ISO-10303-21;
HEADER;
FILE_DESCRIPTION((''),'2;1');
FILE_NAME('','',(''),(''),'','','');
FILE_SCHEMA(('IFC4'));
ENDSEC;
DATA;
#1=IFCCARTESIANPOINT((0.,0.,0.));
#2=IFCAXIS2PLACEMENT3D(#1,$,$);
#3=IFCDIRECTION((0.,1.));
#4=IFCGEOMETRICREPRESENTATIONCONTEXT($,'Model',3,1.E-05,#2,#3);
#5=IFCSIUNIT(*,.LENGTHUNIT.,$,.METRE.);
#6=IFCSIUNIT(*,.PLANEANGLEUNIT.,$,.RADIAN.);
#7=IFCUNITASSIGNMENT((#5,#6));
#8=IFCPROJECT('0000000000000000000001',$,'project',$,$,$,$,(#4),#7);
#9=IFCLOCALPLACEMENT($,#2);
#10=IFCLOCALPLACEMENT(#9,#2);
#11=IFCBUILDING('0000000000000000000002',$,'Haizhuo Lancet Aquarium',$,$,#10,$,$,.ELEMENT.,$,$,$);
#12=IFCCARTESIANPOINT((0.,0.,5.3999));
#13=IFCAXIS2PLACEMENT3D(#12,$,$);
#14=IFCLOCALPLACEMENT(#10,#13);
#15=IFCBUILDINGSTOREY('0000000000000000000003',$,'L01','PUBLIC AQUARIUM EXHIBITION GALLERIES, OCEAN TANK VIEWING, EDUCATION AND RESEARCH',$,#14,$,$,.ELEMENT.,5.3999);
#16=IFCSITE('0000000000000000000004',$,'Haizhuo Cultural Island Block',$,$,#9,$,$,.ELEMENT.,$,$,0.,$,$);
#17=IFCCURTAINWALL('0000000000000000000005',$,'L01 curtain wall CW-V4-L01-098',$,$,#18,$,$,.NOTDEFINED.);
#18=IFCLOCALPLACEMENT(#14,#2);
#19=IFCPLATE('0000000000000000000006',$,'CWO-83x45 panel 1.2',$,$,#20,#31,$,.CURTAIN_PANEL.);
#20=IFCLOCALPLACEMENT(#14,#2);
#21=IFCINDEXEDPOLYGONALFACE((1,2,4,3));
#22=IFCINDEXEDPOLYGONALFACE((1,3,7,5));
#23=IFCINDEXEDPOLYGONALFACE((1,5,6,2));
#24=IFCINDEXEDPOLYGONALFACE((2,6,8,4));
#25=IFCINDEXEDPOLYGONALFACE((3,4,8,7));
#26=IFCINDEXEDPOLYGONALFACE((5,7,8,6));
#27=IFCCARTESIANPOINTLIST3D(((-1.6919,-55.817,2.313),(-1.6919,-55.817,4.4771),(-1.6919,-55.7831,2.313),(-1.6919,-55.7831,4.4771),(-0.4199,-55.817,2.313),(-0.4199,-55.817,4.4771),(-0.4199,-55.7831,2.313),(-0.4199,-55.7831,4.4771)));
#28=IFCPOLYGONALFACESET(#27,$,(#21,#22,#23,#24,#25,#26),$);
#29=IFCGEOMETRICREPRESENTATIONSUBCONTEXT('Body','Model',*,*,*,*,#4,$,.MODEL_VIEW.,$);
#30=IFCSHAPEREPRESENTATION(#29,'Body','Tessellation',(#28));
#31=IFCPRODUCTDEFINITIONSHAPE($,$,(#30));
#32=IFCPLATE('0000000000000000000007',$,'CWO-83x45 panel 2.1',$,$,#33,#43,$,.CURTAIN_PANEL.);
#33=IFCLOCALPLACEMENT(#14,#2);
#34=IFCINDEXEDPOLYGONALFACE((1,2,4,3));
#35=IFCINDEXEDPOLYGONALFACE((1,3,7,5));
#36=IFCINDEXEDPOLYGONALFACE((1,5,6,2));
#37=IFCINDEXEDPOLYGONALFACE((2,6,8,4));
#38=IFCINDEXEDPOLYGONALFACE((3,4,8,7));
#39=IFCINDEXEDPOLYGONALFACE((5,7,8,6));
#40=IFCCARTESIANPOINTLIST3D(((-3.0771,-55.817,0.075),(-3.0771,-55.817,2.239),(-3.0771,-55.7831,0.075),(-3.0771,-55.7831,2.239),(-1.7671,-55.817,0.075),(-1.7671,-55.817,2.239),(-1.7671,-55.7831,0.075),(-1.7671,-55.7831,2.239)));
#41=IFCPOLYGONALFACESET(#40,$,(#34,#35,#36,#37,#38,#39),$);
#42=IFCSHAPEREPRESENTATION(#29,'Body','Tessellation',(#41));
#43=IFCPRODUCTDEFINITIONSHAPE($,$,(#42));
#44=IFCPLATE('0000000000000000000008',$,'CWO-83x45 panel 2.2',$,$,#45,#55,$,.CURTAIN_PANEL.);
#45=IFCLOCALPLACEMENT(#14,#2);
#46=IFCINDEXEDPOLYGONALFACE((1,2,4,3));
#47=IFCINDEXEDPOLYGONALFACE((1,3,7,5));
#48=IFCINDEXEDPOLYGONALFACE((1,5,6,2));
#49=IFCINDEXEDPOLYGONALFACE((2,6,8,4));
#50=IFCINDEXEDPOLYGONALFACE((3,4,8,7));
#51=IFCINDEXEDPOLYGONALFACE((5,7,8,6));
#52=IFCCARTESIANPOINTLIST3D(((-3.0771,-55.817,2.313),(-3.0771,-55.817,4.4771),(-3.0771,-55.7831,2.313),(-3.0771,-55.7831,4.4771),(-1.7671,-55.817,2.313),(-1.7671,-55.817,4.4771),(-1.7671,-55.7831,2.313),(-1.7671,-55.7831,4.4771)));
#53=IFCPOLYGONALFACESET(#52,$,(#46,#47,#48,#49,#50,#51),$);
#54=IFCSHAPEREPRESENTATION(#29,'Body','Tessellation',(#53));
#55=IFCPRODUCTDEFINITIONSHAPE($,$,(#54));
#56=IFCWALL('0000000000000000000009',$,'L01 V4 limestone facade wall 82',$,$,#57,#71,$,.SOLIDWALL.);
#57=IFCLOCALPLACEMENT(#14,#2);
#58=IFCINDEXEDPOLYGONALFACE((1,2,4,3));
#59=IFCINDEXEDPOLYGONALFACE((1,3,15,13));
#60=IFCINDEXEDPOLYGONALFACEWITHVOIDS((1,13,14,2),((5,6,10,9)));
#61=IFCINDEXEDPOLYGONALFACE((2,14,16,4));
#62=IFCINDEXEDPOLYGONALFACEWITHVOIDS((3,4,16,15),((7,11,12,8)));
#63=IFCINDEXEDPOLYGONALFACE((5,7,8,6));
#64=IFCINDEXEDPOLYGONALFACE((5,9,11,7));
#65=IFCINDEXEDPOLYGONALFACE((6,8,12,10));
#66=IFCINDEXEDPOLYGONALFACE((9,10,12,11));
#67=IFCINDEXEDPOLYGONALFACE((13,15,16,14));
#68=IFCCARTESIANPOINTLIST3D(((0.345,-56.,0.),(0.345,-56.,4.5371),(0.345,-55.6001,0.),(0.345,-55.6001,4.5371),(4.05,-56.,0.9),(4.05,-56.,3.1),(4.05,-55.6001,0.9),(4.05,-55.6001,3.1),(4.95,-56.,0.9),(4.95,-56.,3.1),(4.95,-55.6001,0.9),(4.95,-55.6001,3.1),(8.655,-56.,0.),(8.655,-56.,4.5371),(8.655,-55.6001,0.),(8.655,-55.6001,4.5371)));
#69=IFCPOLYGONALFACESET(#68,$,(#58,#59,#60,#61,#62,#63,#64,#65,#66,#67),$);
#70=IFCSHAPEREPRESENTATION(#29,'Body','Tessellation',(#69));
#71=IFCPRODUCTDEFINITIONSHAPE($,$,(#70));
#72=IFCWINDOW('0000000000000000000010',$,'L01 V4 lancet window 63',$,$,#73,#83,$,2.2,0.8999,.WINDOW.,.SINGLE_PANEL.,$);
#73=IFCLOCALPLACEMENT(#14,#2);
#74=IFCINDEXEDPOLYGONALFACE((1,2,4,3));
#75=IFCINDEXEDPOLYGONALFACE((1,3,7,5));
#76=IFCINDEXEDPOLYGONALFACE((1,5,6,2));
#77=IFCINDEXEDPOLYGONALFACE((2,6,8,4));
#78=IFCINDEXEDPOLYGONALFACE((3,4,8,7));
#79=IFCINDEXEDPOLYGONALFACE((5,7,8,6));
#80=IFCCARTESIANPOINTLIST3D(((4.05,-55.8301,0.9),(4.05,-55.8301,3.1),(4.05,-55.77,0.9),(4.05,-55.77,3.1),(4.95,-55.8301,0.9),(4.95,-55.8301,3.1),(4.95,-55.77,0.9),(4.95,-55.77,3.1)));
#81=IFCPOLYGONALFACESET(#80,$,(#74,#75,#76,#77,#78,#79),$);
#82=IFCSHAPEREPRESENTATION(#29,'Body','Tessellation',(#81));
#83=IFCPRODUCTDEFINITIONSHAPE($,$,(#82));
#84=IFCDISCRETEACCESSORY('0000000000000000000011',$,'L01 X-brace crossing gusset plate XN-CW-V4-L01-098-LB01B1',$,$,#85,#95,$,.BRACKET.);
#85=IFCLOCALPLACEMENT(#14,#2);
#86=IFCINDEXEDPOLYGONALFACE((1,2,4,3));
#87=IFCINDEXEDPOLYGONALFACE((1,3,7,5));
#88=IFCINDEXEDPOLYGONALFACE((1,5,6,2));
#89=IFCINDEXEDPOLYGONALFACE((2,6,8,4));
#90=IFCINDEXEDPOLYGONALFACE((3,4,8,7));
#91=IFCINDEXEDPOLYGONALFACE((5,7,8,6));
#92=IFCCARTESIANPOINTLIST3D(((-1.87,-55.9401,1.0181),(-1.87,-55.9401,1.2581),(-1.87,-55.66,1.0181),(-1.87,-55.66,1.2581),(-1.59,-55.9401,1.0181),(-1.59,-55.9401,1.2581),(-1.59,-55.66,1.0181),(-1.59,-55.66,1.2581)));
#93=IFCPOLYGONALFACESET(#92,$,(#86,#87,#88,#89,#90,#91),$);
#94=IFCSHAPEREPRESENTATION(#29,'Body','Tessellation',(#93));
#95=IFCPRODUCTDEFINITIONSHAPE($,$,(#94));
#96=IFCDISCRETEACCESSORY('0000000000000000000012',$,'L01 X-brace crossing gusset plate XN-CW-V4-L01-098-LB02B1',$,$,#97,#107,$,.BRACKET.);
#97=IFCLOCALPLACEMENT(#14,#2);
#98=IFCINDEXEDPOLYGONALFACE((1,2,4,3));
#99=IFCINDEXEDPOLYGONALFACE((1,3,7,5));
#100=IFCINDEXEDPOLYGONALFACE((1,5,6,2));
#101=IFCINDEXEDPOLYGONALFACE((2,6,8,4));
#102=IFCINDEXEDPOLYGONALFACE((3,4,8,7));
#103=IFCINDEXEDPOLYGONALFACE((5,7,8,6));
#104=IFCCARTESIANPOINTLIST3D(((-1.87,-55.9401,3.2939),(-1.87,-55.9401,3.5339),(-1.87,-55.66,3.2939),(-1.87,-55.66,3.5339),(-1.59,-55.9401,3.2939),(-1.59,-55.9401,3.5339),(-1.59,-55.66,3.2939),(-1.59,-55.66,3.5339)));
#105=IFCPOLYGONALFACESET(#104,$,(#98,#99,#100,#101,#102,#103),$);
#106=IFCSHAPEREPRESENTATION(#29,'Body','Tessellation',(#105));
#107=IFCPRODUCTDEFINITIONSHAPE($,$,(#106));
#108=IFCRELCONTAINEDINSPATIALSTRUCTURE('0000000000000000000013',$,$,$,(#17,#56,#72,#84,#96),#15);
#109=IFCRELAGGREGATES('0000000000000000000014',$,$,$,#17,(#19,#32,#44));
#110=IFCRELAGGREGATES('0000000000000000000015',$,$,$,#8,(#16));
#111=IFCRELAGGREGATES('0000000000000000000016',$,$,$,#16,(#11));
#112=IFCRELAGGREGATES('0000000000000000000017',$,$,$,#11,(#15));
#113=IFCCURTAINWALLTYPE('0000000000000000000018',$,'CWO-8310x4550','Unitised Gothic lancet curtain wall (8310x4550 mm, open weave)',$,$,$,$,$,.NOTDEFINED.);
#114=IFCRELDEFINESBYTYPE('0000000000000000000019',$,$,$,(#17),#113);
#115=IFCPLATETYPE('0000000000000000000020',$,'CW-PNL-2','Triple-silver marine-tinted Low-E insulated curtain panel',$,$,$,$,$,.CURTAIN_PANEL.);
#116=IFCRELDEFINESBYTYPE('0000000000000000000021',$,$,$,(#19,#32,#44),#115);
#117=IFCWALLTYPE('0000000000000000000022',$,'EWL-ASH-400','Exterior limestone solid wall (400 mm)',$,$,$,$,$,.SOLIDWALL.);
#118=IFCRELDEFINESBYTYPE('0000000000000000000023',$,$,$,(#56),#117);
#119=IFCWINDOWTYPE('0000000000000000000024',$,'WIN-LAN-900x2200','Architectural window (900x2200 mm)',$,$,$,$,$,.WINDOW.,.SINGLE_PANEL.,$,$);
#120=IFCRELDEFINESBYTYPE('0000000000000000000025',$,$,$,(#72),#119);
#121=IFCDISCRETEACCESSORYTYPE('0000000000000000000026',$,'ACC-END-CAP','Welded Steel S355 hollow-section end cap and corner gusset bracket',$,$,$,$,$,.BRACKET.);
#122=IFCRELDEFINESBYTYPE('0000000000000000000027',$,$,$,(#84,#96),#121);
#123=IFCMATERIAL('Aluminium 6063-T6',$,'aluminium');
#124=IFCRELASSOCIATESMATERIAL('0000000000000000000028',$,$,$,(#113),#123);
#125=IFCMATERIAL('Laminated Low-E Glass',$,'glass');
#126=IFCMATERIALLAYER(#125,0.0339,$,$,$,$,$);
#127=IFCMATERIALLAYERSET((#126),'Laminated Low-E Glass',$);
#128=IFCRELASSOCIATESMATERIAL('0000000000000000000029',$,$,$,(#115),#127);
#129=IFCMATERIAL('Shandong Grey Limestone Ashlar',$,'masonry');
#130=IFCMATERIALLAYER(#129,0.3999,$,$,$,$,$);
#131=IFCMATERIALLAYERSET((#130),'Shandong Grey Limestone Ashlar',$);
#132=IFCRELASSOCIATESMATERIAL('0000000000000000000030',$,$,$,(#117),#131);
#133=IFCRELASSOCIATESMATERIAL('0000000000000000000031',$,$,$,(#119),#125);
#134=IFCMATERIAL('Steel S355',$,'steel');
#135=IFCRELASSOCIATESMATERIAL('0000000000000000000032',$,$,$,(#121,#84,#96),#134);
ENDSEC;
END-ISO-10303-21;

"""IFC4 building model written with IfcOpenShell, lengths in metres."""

from ifc_helpers import new_model, si_unit, direction, frame, frame_2d, origin, origin_2d, place, context, subcontext, project, spatial, rectangle, extrude, material, layer, layer_set, type_object, element, fill, aggregate, save


model = new_model("IFC4")

# Units and contexts
model_context = context("Model", 3, precision=1e-05, world=origin(), true_north=direction((0.0, 1.0)))
body_context = subcontext(model_context, "Body", "Model", "MODEL_VIEW")
ifc_project = project(units=[si_unit("LENGTHUNIT", "METRE"), si_unit("PLANEANGLEUNIT", "RADIAN")], contexts=[model_context])

# Site, building, storey
site_placement = place(None, origin())
site = spatial("IfcSite", under=ifc_project, at=site_placement, Name="Haizhuo Cultural Island Block", CompositionType="ELEMENT", RefElevation=0.0)
building_placement = place(site_placement, origin())
building = spatial("IfcBuilding", under=site, at=building_placement, Name="Haizhuo Lancet Aquarium", CompositionType="ELEMENT")
storey_placement = place(building_placement, frame((0.0, 0.0, 5.3999)))
storey = spatial("IfcBuildingStorey", under=building, at=storey_placement, Name="L01", Description="PUBLIC AQUARIUM EXHIBITION GALLERIES, OCEAN TANK VIEWING, EDUCATION AND RESEARCH", CompositionType="ELEMENT", Elevation=5.3999)

# Shared definitions
ifc_material_1 = material(Name="Steel S355", Category="steel")

# Curtain wall
ifc_material_2 = material(Name="Aluminium 6063-T6", Category="aluminium")
curtain_wall_type = type_object("IfcCurtainWallType", Name="CWO-8310x4550", Description="Unitised Gothic lancet curtain wall (8310x4550 mm, open weave)", PredefinedType="NOTDEFINED", material=ifc_material_2)
curtain_wall_placement = place(storey_placement, origin())
curtain_wall = element("IfcCurtainWall", 1, at=curtain_wall_placement, inside=storey, type_object=curtain_wall_type, Name="L01 curtain wall CW-V4-L01-098", PredefinedType="NOTDEFINED")

# Plates
ifc_material_3 = material(Name="Laminated Low-E Glass", Category="glass")
ifc_layer_1 = layer(ifc_material_3, 0.0339)
ifc_layer_set_1 = layer_set([ifc_layer_1], Name="Laminated Low-E Glass")
plate_type = type_object("IfcPlateType", Name="CW-PNL-2", Description="Triple-silver marine-tinted Low-E insulated curtain panel", PredefinedType="CURTAIN_PANEL", material=ifc_layer_set_1)
plate_1_placement = place(storey_placement, frame((-1.0559, -55.8, 2.313), z_axis=(0.0, 0.0, 1.0), x_axis=(-1.0, 0.0, 0.0)))
plate_1 = element("IfcPlate", 2, at=plate_1_placement, type_object=plate_type, Name="CWO-83x45 panel 1.2", PredefinedType="CURTAIN_PANEL", context=body_context, shape_type="SweptSolid", body=[
    extrude(rectangle(XDim=1.272, YDim=0.0339, at=origin_2d()), origin(), (0.0, 0.0, 1.0), 2.1641),
])
plate_2_placement = place(storey_placement, frame((-2.4221, -55.8, 0.075), z_axis=(0.0, 0.0, 1.0), x_axis=(-1.0, 0.0, 0.0)))
plate_2 = element("IfcPlate", 3, at=plate_2_placement, type_object=plate_type, Name="CWO-83x45 panel 2.1", PredefinedType="CURTAIN_PANEL", context=body_context, shape_type="SweptSolid", body=[
    extrude(rectangle(XDim=1.3101, YDim=0.0339, at=origin_2d()), origin(), (0.0, 0.0, 1.0), 2.1641),
])
plate_3_placement = place(storey_placement, frame((-2.4221, -55.8, 2.313), z_axis=(0.0, 0.0, 1.0), x_axis=(-1.0, 0.0, 0.0)))
plate_3 = element("IfcPlate", 4, at=plate_3_placement, type_object=plate_type, Name="CWO-83x45 panel 2.2", PredefinedType="CURTAIN_PANEL", context=body_context, shape_type="SweptSolid", body=[
    extrude(rectangle(XDim=1.3101, YDim=0.0339, at=origin_2d()), origin(), (0.0, 0.0, 1.0), 2.1641),
])
aggregate(curtain_wall, [plate_1, plate_2, plate_3])

# Wall, opening, window
ifc_material_4 = material(Name="Shandong Grey Limestone Ashlar", Category="masonry")
ifc_layer_2 = layer(ifc_material_4, 0.3999)
ifc_layer_set_2 = layer_set([ifc_layer_2], Name="Shandong Grey Limestone Ashlar")
wall_type = type_object("IfcWallType", Name="EWL-ASH-400", Description="Exterior limestone solid wall (400 mm)", PredefinedType="SOLIDWALL", material=ifc_layer_set_2)
wall_placement = place(storey_placement, frame((8.655, -55.8, 0.0), z_axis=(0.0, 0.0, 1.0), x_axis=(-1.0, 0.0, 0.0)))
wall = element("IfcWall", 5, at=wall_placement, inside=storey, type_object=wall_type, Name="L01 V4 limestone facade wall 82", PredefinedType="SOLIDWALL", context=body_context, shape_type="SweptSolid", body=[
    extrude(rectangle(XDim=8.3101, YDim=0.3999, at=frame_2d((4.155, 0.0))), origin(), (0.0, 0.0, 1.0), 4.5371),
])
opening_placement = place(wall_placement, frame((3.7051, 0.0, 0.8999)))
opening = element("IfcOpeningElement", 6, at=opening_placement, cuts=wall, PredefinedType="OPENING", context=body_context, shape_type="SweptSolid", body=[
    extrude(rectangle(XDim=0.8999, YDim=2.2, at=frame_2d((0.45, 1.1001))), frame((0.0, 0.21, 0.0), z_axis=(0.0, -1.0, 0.0), x_axis=(1.0, 0.0, 0.0)), (0.0, 0.0, 1.0), 0.4199),
])
window_type = type_object("IfcWindowType", Name="WIN-LAN-900x2200", Description="Architectural window (900x2200 mm)", PartitioningType="SINGLE_PANEL", PredefinedType="WINDOW", material=ifc_material_3)
window_placement = place(opening_placement, origin())
window = element("IfcWindow", 7, at=window_placement, inside=storey, type_object=window_type, Name="L01 V4 lancet window 63", OverallHeight=2.2, OverallWidth=0.8999, PartitioningType="SINGLE_PANEL", PredefinedType="WINDOW", context=body_context, shape_type="SweptSolid", body=[
    extrude(rectangle(XDim=0.8999, YDim=2.2, at=frame_2d((0.45, 1.1001))), frame((0.0, 0.03, 0.0), z_axis=(0.0, -1.0, 0.0), x_axis=(1.0, 0.0, 0.0)), (0.0, 0.0, 1.0), 0.0601),
])
fill(opening, window)

# Discrete accessories
discrete_accessory_type = type_object("IfcDiscreteAccessoryType", Name="ACC-END-CAP", Description="Welded Steel S355 hollow-section end cap and corner gusset bracket", PredefinedType="BRACKET", material=ifc_material_1)
for number, where, z_axis, x_axis, name in (
    (8, (-1.73, -55.8, 1.0181), (0.0, 0.0, 1.0), (1.0, 0.0, 0.0), "L01 X-brace crossing gusset plate XN-CW-V4-L01-098-LB01B1"),
    (9, (-1.73, -55.8, 3.2939), (0.0, 0.0, 1.0), (1.0, 0.0, 0.0), "L01 X-brace crossing gusset plate XN-CW-V4-L01-098-LB02B1"),
):
    element("IfcDiscreteAccessory", number, at=place(storey_placement, frame(where, z_axis=z_axis, x_axis=x_axis)), inside=storey, type_object=discrete_accessory_type, material=ifc_material_1, Name=name, PredefinedType="BRACKET", context=body_context, shape_type="SweptSolid", body=[
        extrude(rectangle(XDim=0.28, YDim=0.28, at=origin_2d()), origin(), (0.0, 0.0, 1.0), 0.24),
    ])

save(model, "model.ifc")
